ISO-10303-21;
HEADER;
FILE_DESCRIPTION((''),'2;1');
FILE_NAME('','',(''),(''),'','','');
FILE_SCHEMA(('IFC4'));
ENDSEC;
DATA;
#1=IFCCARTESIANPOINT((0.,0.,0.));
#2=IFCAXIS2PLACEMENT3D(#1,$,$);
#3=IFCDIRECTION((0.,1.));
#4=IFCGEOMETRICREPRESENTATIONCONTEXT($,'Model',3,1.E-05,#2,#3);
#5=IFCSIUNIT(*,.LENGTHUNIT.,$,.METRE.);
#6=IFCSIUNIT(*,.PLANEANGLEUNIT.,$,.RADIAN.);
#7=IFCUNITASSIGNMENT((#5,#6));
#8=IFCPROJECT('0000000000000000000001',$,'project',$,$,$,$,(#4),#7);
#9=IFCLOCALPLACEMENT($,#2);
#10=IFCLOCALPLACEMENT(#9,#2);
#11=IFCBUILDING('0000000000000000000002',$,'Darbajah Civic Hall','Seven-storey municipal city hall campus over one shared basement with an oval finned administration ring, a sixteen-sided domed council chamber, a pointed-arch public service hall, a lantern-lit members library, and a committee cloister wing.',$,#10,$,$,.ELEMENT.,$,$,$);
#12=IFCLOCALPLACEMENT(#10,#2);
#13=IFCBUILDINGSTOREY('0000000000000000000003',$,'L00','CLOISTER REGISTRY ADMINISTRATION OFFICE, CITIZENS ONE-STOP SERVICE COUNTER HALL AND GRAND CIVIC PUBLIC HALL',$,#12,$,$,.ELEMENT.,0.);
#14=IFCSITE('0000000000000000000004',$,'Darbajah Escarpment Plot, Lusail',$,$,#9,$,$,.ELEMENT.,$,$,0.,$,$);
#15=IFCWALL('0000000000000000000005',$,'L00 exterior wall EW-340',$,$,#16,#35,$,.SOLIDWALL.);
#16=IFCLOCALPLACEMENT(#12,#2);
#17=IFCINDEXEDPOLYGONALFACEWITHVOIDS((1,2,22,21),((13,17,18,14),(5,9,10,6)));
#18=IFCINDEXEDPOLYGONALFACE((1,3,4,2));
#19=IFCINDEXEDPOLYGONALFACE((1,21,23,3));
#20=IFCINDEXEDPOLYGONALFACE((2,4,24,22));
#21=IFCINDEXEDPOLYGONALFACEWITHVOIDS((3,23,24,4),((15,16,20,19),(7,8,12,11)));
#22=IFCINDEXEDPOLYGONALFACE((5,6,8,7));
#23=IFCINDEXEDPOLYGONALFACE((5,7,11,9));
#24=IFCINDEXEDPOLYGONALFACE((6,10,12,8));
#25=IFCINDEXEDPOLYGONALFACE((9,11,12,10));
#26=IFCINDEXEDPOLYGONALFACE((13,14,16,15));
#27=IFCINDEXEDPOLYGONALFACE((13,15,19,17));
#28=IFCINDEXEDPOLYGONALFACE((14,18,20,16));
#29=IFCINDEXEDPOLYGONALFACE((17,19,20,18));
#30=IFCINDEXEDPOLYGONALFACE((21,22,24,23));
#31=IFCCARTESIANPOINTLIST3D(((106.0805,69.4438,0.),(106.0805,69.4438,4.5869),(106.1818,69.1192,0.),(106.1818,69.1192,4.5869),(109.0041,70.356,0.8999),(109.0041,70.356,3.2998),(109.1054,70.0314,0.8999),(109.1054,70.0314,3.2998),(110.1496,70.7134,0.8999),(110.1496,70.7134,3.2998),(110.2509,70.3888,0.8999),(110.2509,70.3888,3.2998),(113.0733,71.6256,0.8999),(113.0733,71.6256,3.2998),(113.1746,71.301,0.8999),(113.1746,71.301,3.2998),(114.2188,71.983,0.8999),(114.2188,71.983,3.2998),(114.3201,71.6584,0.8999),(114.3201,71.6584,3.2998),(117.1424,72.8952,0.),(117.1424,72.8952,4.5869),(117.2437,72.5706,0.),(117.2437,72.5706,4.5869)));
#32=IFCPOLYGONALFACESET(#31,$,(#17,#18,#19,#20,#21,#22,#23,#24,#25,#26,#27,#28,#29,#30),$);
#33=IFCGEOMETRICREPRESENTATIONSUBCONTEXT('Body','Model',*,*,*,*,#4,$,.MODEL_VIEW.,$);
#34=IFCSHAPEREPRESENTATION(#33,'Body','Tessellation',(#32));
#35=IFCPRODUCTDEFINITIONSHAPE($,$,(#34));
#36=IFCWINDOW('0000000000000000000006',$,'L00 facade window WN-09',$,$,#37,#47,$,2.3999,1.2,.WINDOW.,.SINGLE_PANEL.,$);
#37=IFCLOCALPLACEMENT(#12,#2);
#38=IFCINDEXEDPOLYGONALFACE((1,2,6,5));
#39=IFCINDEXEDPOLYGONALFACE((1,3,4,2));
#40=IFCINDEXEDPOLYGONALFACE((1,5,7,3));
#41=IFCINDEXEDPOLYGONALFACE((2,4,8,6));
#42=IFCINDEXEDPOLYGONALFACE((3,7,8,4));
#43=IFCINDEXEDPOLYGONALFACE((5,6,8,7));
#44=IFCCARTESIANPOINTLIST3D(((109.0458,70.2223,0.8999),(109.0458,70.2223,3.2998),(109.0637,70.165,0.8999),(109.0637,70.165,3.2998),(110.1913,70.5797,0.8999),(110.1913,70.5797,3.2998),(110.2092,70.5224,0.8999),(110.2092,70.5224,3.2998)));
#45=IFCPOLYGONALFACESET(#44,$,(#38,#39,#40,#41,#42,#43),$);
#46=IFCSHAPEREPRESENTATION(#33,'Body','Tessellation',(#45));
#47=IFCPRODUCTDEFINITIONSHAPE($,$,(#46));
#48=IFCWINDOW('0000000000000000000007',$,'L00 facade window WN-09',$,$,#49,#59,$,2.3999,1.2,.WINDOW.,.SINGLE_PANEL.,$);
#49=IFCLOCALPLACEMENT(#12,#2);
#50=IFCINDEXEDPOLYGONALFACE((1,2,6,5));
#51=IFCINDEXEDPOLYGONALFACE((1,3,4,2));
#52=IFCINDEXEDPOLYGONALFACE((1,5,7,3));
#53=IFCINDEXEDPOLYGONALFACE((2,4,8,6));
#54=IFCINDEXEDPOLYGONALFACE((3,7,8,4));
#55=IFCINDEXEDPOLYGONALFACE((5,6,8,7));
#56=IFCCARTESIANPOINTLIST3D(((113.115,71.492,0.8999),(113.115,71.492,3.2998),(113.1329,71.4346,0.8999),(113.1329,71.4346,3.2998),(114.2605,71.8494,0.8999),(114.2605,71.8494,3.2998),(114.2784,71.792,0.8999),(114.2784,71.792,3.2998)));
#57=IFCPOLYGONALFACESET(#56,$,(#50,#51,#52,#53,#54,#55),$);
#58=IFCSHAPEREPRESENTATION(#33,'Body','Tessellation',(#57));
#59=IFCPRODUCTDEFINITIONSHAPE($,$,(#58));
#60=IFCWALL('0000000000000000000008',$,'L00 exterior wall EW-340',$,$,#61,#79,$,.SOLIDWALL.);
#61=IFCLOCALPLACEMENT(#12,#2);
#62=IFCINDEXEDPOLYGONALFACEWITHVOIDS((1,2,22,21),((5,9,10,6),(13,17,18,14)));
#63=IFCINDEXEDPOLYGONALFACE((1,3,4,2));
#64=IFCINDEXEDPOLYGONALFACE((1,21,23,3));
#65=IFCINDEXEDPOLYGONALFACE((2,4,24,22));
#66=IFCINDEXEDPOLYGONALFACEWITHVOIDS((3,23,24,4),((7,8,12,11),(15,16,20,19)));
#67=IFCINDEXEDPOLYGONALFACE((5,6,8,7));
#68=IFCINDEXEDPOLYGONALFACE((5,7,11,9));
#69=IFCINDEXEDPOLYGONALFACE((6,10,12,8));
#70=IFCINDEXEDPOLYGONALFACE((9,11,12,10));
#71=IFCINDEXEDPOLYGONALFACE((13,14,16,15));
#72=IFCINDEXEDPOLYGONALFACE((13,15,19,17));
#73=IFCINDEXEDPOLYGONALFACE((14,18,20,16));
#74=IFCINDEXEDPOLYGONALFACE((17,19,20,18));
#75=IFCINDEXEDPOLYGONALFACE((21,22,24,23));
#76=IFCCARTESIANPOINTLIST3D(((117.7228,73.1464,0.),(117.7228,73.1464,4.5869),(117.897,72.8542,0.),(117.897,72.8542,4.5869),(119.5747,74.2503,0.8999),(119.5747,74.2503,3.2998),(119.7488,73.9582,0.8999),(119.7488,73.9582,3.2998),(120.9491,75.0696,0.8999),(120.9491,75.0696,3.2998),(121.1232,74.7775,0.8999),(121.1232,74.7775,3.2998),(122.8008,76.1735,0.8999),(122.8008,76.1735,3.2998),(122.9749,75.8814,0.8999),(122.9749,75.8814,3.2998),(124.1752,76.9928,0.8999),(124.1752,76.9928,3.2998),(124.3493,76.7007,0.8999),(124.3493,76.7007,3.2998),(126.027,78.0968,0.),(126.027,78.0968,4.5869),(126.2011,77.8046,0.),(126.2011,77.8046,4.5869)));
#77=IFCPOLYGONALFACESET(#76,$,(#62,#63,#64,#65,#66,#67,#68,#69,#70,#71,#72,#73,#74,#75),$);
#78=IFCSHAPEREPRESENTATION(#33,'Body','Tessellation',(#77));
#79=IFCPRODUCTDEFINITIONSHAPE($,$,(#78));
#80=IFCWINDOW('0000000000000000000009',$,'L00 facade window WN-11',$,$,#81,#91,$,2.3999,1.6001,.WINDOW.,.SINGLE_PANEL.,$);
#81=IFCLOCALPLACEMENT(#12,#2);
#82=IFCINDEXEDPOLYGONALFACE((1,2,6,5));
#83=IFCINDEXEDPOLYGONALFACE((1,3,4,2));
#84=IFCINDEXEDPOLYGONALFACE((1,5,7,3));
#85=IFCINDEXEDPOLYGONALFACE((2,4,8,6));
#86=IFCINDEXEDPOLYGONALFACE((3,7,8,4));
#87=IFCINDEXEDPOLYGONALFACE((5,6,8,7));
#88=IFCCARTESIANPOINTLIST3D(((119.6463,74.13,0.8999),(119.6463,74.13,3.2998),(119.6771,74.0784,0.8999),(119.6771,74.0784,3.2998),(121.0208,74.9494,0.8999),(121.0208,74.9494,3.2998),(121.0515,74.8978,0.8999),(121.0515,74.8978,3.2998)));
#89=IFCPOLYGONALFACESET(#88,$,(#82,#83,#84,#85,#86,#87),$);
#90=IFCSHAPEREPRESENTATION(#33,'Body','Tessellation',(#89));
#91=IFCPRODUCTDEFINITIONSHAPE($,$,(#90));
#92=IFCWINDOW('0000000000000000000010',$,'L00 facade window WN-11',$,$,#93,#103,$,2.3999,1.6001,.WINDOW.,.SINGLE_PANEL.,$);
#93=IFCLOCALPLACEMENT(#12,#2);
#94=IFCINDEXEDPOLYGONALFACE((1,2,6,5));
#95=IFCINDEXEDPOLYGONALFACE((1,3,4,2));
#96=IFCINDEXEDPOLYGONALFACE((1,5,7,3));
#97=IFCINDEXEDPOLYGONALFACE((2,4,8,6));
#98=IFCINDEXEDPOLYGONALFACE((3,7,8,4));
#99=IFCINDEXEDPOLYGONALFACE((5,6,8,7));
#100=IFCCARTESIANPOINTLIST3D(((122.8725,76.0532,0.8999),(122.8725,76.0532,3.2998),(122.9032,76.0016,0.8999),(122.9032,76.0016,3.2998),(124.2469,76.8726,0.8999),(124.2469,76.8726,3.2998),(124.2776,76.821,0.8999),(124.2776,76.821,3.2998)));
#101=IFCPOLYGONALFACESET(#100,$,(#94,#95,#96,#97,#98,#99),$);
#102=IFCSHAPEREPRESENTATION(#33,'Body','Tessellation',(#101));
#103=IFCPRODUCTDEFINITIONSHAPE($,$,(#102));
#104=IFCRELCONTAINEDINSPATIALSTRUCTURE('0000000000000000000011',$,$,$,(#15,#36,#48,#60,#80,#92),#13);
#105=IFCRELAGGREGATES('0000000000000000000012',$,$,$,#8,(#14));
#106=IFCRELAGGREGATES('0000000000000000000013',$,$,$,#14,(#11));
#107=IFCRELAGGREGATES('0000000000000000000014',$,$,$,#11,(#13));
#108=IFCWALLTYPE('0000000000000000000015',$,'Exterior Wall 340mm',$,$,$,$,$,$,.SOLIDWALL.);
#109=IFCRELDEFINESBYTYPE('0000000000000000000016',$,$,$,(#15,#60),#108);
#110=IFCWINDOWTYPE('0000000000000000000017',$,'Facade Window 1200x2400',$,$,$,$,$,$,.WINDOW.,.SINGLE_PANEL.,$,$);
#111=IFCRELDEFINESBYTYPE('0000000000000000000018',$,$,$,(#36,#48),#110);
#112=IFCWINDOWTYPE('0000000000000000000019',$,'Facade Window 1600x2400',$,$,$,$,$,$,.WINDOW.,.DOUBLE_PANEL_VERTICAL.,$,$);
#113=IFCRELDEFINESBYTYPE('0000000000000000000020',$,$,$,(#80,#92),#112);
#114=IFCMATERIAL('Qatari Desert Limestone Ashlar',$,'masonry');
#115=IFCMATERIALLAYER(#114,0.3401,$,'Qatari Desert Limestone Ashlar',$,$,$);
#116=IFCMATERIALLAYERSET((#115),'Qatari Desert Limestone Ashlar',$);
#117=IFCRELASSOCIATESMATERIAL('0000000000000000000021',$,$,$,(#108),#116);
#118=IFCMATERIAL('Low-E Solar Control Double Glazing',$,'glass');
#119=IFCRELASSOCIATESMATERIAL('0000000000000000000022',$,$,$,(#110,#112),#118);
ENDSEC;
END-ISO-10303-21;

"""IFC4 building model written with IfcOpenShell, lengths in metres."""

from ifc_helpers import new_model, si_unit, direction, frame, frame_2d, origin, place, context, subcontext, project, spatial, rectangle, extrude, material, layer, layer_set, type_object, element, fill, save


model = new_model("IFC4")

# Units and contexts
model_context = context("Model", 3, precision=1e-05, world=origin(), true_north=direction((0.0, 1.0)))
body_context = subcontext(model_context, "Body", "Model", "MODEL_VIEW")
ifc_project = project(units=[si_unit("LENGTHUNIT", "METRE"), si_unit("PLANEANGLEUNIT", "RADIAN")], contexts=[model_context])

# Site, building, storey
site_placement = place(None, origin())
site = spatial("IfcSite", under=ifc_project, at=site_placement, Name="Darbajah Escarpment Plot, Lusail", CompositionType="ELEMENT", RefElevation=0.0)
building_placement = place(site_placement, origin())
building = spatial("IfcBuilding", under=site, at=building_placement, Name="Darbajah Civic Hall", Description="Seven-storey municipal city hall campus over one shared basement with an oval finned administration ring, a sixteen-sided domed council chamber, a pointed-arch public service hall, a lantern-lit members library, and a committee cloister wing.", CompositionType="ELEMENT")
storey_placement = place(building_placement, origin())
storey = spatial("IfcBuildingStorey", under=building, at=storey_placement, Name="L00", Description="CLOISTER REGISTRY ADMINISTRATION OFFICE, CITIZENS ONE-STOP SERVICE COUNTER HALL AND GRAND CIVIC PUBLIC HALL", CompositionType="ELEMENT", Elevation=0.0)

# Shared definitions
ifc_material_1 = material(Name="Low-E Solar Control Double Glazing", Category="glass")

# Walls, openings, windows
ifc_material_2 = material(Name="Qatari Desert Limestone Ashlar", Category="masonry")
ifc_layer_1 = layer(ifc_material_2, 0.3401, Name="Qatari Desert Limestone Ashlar")
ifc_layer_set_1 = layer_set([ifc_layer_1], Name="Qatari Desert Limestone Ashlar")
wall_type_1 = type_object("IfcWallType", Name="Exterior Wall 340mm", PredefinedType="SOLIDWALL", material=ifc_layer_set_1)
wall_1_placement = place(storey_placement, frame((106.1311, 69.2815, 0.0), z_axis=(0.0, 0.0, 1.0), x_axis=(0.954614, 0.297845, 0.0)))
wall_1 = element("IfcWall", 1, at=wall_1_placement, inside=storey, type_object=wall_type_1, Name="L00 exterior wall EW-340", PredefinedType="SOLIDWALL", context=body_context, shape_type="SweptSolid", body=[
    extrude(rectangle(XDim=11.5879, YDim=0.3401, at=frame_2d((5.7939, 0.0))), origin(), (0.0, 0.0, 1.0), 4.5869),
])
opening_1_placement = place(wall_1_placement, frame((3.0625, 0.0, 0.8999)))
opening_1 = element("IfcOpeningElement", 2, at=opening_1_placement, cuts=wall_1, PredefinedType="OPENING", context=body_context, shape_type="SweptSolid", body=[
    extrude(rectangle(XDim=1.2, YDim=2.3999, at=frame_2d((0.6001, 1.2))), frame((0.0, 0.1799, 0.0), z_axis=(0.0, -1.0, 0.0), x_axis=(1.0, 0.0, 0.0)), (0.0, 0.0, 1.0), 0.3601),
])
opening_2_placement = place(wall_1_placement, frame((7.3252, 0.0, 0.8999)))
opening_2 = element("IfcOpeningElement", 3, at=opening_2_placement, cuts=wall_1, PredefinedType="OPENING", context=body_context, shape_type="SweptSolid", body=[
    extrude(rectangle(XDim=1.2, YDim=2.3999, at=frame_2d((0.6001, 1.2))), frame((0.0, 0.1799, 0.0), z_axis=(0.0, -1.0, 0.0), x_axis=(1.0, 0.0, 0.0)), (0.0, 0.0, 1.0), 0.3601),
])
window_type_1 = type_object("IfcWindowType", Name="Facade Window 1200x2400", PartitioningType="SINGLE_PANEL", PredefinedType="WINDOW", material=ifc_material_1)
window_1_placement = place(opening_1_placement, origin())
window_1 = element("IfcWindow", 4, at=window_1_placement, inside=storey, type_object=window_type_1, Name="L00 facade window WN-09", OverallHeight=2.3999, OverallWidth=1.2, PartitioningType="SINGLE_PANEL", PredefinedType="WINDOW", context=body_context, shape_type="SweptSolid", body=[
    extrude(rectangle(XDim=1.2, YDim=2.3999, at=frame_2d((0.6001, 1.2))), frame((0.0, 0.03, 0.0), z_axis=(0.0, -1.0, 0.0), x_axis=(1.0, 0.0, 0.0)), (0.0, 0.0, 1.0), 0.0601),
])
fill(opening_1, window_1)
window_2_placement = place(opening_2_placement, origin())
window_2 = element("IfcWindow", 5, at=window_2_placement, inside=storey, type_object=window_type_1, Name="L00 facade window WN-09", OverallHeight=2.3999, OverallWidth=1.2, PartitioningType="SINGLE_PANEL", PredefinedType="WINDOW", context=body_context, shape_type="SweptSolid", body=[
    extrude(rectangle(XDim=1.2, YDim=2.3999, at=frame_2d((0.6001, 1.2))), frame((0.0, 0.03, 0.0), z_axis=(0.0, -1.0, 0.0), x_axis=(1.0, 0.0, 0.0)), (0.0, 0.0, 1.0), 0.0601),
])
fill(opening_2, window_2)
wall_2_placement = place(storey_placement, frame((117.8098, 73.0002, 0.0), z_axis=(0.0, 0.0, 1.0), x_axis=(0.858953, 0.512054, 0.0)))
wall_2 = element("IfcWall", 6, at=wall_2_placement, inside=storey, type_object=wall_type_1, Name="L00 exterior wall EW-340", PredefinedType="SOLIDWALL", context=body_context, shape_type="SweptSolid", body=[
    extrude(rectangle(XDim=9.6677, YDim=0.3401, at=frame_2d((4.834, 0.0))), origin(), (0.0, 0.0, 1.0), 4.5869),
])
opening_3_placement = place(wall_2_placement, frame((2.156, 0.0, 0.8999)))
opening_3 = element("IfcOpeningElement", 7, at=opening_3_placement, cuts=wall_2, PredefinedType="OPENING", context=body_context, shape_type="SweptSolid", body=[
    extrude(rectangle(XDim=1.6001, YDim=2.3999, at=frame_2d((0.8, 1.2))), frame((0.0, 0.1799, 0.0), z_axis=(0.0, -1.0, 0.0), x_axis=(1.0, 0.0, 0.0)), (0.0, 0.0, 1.0), 0.3601),
])
opening_4_placement = place(wall_2_placement, frame((5.9119, 0.0, 0.8999)))
opening_4 = element("IfcOpeningElement", 8, at=opening_4_placement, cuts=wall_2, PredefinedType="OPENING", context=body_context, shape_type="SweptSolid", body=[
    extrude(rectangle(XDim=1.6001, YDim=2.3999, at=frame_2d((0.8, 1.2))), frame((0.0, 0.1799, 0.0), z_axis=(0.0, -1.0, 0.0), x_axis=(1.0, 0.0, 0.0)), (0.0, 0.0, 1.0), 0.3601),
])
window_type_2 = type_object("IfcWindowType", Name="Facade Window 1600x2400", PartitioningType="DOUBLE_PANEL_VERTICAL", PredefinedType="WINDOW", material=ifc_material_1)
window_3_placement = place(opening_3_placement, origin())
window_3 = element("IfcWindow", 9, at=window_3_placement, inside=storey, type_object=window_type_2, Name="L00 facade window WN-11", OverallHeight=2.3999, OverallWidth=1.6001, PartitioningType="SINGLE_PANEL", PredefinedType="WINDOW", context=body_context, shape_type="SweptSolid", body=[
    extrude(rectangle(XDim=1.6001, YDim=2.3999, at=frame_2d((0.8, 1.2))), frame((0.0, 0.03, 0.0), z_axis=(0.0, -1.0, 0.0), x_axis=(1.0, 0.0, 0.0)), (0.0, 0.0, 1.0), 0.0601),
])
fill(opening_3, window_3)
window_4_placement = place(opening_4_placement, origin())
window_4 = element("IfcWindow", 10, at=window_4_placement, inside=storey, type_object=window_type_2, Name="L00 facade window WN-11", OverallHeight=2.3999, OverallWidth=1.6001, PartitioningType="SINGLE_PANEL", PredefinedType="WINDOW", context=body_context, shape_type="SweptSolid", body=[
    extrude(rectangle(XDim=1.6001, YDim=2.3999, at=frame_2d((0.8, 1.2))), frame((0.0, 0.03, 0.0), z_axis=(0.0, -1.0, 0.0), x_axis=(1.0, 0.0, 0.0)), (0.0, 0.0, 1.0), 0.0601),
])
fill(opening_4, window_4)

save(model, "model.ifc")
